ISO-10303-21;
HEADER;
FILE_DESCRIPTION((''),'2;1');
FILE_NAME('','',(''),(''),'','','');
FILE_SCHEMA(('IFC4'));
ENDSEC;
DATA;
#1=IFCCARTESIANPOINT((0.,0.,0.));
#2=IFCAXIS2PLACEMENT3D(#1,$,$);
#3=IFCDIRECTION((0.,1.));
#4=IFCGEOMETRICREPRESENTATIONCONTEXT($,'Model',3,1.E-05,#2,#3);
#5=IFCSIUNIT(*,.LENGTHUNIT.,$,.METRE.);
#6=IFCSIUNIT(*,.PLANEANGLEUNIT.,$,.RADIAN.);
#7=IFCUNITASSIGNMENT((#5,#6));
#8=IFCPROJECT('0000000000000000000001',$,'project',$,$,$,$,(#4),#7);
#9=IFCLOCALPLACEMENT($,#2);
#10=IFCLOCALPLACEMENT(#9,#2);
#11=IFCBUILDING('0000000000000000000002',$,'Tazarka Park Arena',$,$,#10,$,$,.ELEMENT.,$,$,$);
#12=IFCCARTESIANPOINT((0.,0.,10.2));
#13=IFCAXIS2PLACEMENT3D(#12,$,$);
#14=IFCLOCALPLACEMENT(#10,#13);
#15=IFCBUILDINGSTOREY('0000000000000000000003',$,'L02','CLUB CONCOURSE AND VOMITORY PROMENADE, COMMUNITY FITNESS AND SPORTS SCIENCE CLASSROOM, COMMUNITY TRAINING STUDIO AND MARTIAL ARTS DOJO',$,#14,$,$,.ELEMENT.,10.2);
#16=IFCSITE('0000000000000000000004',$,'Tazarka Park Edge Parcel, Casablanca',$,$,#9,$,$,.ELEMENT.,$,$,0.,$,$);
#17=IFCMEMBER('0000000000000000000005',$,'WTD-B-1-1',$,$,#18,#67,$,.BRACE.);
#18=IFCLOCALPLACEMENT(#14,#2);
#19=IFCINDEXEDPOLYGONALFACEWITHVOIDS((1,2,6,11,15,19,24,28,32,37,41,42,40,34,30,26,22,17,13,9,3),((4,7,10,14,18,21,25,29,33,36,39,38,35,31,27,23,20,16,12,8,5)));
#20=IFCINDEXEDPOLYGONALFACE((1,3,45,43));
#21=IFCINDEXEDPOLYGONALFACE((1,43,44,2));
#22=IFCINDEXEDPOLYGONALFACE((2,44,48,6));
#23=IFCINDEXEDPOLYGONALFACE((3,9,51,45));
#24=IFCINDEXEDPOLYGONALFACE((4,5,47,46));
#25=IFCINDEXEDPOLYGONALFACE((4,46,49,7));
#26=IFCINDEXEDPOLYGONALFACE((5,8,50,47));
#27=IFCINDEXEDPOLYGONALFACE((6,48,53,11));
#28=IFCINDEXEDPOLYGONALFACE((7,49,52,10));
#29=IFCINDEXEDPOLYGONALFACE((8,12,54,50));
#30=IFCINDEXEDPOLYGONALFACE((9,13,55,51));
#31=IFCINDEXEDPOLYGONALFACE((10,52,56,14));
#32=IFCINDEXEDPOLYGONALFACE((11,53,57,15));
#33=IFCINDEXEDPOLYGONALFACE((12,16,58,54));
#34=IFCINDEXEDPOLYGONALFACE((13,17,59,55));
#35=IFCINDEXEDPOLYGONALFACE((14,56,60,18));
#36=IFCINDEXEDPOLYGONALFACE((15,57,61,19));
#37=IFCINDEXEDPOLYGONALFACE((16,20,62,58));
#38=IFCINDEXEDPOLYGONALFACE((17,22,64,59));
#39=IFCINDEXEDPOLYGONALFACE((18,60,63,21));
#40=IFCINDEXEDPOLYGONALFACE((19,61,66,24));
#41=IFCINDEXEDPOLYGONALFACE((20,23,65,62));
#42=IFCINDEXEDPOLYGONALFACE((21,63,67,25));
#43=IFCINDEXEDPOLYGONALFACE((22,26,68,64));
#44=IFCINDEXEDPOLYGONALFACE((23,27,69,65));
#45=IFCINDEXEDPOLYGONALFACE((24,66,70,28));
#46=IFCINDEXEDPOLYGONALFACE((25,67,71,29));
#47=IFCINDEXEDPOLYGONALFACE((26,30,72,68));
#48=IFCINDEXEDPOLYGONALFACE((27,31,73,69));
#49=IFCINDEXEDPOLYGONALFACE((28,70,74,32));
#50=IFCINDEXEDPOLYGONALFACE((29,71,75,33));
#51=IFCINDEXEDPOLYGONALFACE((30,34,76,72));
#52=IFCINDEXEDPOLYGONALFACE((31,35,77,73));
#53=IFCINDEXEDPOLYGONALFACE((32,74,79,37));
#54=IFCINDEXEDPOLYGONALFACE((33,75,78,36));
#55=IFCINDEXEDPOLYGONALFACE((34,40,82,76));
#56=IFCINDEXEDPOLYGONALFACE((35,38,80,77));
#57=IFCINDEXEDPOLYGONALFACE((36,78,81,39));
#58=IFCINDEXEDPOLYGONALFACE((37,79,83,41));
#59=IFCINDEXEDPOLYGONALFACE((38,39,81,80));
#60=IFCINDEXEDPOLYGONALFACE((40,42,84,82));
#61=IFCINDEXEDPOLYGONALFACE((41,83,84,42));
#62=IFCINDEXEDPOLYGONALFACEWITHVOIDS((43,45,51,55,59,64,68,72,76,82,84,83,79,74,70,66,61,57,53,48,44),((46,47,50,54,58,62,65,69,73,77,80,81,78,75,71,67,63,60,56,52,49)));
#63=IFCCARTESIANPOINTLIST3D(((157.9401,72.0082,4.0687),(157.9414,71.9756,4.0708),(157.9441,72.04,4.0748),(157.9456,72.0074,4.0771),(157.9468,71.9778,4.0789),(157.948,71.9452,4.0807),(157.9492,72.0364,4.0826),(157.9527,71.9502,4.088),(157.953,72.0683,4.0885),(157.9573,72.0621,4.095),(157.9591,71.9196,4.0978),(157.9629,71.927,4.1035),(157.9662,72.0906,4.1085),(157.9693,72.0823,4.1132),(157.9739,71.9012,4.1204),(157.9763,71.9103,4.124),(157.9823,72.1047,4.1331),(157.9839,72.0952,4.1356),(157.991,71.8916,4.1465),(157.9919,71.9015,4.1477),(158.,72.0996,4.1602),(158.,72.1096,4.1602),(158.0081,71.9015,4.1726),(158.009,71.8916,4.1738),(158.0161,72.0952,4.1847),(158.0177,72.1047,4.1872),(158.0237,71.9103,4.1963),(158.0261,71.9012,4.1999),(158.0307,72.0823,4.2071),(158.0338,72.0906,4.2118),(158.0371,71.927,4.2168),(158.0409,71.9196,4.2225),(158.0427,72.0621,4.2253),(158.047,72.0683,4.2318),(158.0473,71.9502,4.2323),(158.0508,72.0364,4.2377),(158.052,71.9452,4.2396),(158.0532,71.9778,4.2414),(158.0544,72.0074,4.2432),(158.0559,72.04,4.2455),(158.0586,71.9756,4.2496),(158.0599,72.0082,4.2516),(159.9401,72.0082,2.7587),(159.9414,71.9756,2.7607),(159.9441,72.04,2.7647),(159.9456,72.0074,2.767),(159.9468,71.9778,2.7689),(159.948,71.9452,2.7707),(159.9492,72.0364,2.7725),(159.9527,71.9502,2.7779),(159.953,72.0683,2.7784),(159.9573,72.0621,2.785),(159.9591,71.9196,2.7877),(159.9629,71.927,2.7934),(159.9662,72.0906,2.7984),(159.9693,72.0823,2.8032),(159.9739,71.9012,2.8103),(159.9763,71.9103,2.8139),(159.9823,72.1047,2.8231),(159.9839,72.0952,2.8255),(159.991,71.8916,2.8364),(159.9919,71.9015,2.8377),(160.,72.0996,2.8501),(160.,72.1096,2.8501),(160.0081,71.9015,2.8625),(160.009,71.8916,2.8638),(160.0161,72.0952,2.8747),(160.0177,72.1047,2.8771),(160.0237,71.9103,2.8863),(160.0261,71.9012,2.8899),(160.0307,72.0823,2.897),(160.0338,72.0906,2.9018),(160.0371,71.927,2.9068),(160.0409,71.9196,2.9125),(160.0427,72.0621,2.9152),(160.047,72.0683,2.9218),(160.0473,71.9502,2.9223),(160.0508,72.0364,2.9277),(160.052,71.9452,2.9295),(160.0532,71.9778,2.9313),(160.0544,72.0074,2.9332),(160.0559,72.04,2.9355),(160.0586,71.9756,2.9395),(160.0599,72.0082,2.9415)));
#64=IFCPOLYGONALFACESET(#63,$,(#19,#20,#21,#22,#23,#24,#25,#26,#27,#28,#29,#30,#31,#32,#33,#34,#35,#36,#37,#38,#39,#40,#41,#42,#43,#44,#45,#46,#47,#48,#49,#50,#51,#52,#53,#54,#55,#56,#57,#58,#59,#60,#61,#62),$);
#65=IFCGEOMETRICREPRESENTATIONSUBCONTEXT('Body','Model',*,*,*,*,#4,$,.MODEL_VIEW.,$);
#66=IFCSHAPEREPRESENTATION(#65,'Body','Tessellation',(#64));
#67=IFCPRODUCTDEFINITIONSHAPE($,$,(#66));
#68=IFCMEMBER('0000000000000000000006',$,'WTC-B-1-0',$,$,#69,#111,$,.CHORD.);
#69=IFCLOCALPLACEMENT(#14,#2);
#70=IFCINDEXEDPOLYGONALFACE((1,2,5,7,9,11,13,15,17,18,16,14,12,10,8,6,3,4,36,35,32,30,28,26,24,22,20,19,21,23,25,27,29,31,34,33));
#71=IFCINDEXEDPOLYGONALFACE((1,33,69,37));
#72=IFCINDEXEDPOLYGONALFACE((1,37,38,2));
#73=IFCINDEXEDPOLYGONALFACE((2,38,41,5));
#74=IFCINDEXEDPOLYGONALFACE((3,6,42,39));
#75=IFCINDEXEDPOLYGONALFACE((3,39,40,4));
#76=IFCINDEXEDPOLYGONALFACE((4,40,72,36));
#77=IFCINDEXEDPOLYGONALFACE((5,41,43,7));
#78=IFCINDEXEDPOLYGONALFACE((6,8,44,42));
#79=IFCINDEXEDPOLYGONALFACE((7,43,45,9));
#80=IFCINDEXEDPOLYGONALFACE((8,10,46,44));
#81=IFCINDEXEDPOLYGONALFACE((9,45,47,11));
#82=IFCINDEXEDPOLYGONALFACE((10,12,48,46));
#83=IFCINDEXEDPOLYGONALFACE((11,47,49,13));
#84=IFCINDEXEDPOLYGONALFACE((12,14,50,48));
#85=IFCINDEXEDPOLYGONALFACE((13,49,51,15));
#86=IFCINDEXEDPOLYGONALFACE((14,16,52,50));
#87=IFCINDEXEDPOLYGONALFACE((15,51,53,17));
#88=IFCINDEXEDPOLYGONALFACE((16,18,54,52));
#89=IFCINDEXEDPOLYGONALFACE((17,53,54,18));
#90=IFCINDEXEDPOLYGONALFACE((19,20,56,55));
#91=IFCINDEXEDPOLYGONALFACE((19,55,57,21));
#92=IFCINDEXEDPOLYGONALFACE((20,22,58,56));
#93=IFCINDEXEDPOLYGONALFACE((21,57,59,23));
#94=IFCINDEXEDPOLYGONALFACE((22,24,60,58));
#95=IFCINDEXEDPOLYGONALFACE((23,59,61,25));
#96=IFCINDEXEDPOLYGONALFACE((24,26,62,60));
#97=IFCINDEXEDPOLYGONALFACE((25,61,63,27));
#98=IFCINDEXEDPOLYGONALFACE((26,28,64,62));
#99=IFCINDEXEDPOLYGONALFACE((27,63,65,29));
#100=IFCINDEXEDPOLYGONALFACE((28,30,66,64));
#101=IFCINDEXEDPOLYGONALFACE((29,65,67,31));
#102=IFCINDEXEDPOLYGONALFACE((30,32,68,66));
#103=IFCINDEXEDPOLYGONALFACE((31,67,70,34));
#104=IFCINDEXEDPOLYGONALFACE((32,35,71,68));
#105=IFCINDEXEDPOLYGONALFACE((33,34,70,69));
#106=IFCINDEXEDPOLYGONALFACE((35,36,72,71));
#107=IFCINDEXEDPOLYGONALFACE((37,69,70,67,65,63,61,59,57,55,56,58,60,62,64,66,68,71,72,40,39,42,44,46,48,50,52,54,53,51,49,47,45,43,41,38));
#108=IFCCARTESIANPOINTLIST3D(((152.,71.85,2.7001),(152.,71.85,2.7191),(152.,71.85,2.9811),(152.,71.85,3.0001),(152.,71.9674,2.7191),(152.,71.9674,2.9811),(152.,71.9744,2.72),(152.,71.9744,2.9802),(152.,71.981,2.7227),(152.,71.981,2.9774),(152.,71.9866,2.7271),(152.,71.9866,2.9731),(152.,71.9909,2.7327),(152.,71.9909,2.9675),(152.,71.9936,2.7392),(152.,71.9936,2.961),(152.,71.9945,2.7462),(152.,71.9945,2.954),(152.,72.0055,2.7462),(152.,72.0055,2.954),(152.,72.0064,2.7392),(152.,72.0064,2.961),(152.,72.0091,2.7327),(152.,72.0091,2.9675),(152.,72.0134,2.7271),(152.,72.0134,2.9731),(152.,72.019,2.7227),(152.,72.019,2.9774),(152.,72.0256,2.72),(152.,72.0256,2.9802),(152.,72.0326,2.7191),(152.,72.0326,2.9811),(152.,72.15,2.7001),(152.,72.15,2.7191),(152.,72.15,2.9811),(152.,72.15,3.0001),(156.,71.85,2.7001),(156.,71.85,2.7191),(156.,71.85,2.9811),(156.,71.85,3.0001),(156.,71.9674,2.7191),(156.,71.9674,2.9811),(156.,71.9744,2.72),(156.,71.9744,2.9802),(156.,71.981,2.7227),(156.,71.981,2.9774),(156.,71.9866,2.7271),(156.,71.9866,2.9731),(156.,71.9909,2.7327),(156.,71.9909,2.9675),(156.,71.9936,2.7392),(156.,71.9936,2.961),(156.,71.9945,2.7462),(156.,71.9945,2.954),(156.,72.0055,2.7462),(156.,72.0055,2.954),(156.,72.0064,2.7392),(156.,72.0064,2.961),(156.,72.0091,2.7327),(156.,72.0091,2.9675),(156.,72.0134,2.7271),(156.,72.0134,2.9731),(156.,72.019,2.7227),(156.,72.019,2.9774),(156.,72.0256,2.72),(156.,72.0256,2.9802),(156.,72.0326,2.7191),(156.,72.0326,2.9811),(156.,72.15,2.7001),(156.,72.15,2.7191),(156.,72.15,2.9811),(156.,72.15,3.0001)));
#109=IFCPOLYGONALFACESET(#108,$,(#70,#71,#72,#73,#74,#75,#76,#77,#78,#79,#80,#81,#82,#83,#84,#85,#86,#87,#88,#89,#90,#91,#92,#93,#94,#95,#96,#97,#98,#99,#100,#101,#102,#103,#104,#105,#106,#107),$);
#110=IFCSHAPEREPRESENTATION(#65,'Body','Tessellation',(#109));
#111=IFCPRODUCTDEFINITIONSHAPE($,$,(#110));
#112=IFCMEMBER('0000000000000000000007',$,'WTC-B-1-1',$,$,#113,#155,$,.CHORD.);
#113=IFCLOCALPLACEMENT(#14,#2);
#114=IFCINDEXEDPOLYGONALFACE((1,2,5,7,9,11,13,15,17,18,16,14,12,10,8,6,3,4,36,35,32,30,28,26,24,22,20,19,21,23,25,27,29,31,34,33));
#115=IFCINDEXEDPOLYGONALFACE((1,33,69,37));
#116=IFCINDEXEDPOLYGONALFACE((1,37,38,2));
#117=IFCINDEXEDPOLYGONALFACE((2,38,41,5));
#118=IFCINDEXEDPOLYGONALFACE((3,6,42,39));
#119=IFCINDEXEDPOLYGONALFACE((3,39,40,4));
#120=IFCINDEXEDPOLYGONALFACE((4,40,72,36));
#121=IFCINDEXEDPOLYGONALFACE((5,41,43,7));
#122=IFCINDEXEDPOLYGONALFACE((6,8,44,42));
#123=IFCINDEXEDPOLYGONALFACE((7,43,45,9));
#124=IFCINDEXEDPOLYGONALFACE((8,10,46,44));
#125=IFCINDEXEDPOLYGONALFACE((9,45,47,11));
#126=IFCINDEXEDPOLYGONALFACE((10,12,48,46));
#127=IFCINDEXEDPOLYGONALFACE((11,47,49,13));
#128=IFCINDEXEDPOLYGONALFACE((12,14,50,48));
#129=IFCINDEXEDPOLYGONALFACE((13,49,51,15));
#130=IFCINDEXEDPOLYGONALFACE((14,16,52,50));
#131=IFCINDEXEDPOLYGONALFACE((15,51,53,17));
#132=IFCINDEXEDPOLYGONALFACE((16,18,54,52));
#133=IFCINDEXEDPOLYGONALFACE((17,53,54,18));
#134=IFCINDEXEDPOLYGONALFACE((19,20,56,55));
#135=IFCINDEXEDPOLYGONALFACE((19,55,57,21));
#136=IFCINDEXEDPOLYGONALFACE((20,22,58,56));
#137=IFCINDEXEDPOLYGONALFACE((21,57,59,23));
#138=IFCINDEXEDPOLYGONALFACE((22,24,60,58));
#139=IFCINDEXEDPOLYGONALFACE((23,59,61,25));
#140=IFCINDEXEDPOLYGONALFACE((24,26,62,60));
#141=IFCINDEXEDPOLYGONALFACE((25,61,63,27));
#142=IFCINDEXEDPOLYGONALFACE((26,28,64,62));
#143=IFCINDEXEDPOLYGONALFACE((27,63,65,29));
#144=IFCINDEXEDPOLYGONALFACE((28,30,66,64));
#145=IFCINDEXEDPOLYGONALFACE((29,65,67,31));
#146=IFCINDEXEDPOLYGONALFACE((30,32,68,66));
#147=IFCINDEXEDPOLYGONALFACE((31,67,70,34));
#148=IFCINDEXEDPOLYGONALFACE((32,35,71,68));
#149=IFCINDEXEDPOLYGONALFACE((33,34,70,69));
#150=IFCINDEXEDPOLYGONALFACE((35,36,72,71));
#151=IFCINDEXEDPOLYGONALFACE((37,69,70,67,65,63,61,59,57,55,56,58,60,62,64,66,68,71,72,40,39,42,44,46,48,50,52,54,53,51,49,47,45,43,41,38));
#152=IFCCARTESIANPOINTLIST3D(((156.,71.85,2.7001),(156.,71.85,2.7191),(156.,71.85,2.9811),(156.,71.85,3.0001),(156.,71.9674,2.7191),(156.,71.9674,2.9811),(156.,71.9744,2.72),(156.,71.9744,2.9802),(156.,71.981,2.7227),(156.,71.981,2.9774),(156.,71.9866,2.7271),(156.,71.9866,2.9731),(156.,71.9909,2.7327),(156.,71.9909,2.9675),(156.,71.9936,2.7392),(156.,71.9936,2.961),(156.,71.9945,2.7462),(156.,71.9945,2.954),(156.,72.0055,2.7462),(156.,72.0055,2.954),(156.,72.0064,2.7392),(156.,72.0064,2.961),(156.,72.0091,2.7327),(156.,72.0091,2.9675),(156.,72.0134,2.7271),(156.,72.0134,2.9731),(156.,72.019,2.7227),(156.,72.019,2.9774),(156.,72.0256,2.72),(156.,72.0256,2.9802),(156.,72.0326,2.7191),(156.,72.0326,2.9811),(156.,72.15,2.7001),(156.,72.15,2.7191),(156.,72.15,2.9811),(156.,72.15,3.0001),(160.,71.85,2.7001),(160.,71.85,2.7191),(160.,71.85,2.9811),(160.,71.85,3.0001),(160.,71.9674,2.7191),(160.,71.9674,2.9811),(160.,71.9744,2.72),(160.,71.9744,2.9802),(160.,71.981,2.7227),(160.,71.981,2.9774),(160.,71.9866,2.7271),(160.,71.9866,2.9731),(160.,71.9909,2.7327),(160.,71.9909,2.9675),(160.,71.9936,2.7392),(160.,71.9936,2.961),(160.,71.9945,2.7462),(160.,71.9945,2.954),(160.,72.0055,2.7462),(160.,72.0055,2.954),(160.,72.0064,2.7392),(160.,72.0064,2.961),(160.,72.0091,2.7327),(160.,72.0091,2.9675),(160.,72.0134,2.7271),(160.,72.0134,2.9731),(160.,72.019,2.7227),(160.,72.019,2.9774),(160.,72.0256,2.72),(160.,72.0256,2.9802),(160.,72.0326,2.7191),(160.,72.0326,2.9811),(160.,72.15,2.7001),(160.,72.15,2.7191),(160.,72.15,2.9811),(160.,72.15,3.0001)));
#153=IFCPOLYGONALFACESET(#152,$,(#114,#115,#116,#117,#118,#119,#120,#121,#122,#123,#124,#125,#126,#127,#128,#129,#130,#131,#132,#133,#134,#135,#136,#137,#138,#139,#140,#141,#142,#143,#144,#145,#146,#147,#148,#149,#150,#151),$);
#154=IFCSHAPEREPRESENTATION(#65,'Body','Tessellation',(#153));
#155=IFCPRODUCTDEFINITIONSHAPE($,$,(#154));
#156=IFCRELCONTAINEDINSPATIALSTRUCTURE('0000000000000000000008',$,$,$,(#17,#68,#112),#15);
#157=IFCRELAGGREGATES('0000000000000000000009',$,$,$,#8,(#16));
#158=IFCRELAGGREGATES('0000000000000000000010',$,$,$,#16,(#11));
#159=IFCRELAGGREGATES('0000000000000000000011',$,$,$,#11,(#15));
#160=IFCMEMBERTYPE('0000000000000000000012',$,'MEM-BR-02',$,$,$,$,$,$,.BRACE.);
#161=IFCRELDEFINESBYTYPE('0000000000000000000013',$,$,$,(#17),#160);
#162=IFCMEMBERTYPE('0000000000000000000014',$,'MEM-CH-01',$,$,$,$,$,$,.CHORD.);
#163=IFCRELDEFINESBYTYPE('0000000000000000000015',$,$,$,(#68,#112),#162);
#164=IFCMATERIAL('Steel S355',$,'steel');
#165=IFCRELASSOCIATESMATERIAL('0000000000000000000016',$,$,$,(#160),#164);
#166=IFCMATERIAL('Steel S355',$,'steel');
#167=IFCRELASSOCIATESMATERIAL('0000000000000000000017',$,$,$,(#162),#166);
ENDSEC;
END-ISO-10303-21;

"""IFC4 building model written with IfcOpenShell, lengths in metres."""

from ifc_helpers import new_model, si_unit, direction, frame, origin, origin_2d, place, context, subcontext, project, spatial, hollow_circle, i_section, extrude, material, material_profile, profile_set, type_object, element, save


model = new_model("IFC4")

# Units and contexts
model_context = context("Model", 3, precision=1e-05, world=origin(), true_north=direction((0.0, 1.0)))
body_context = subcontext(model_context, "Body", "Model", "MODEL_VIEW")
ifc_project = project(units=[si_unit("LENGTHUNIT", "METRE"), si_unit("PLANEANGLEUNIT", "RADIAN")], contexts=[model_context])

# Site, building, storey
site_placement = place(None, origin())
site = spatial("IfcSite", under=ifc_project, at=site_placement, Name="Tazarka Park Edge Parcel, Casablanca", CompositionType="ELEMENT", RefElevation=0.0)
building_placement = place(site_placement, origin())
building = spatial("IfcBuilding", under=site, at=building_placement, Name="Tazarka Park Arena", CompositionType="ELEMENT")
storey_placement = place(building_placement, frame((0.0, 0.0, 10.2)))
storey = spatial("IfcBuildingStorey", under=building, at=storey_placement, Name="L02", Description="CLUB CONCOURSE AND VOMITORY PROMENADE, COMMUNITY FITNESS AND SPORTS SCIENCE CLASSROOM, COMMUNITY TRAINING STUDIO AND MARTIAL ARTS DOJO", CompositionType="ELEMENT", Elevation=10.2)

# Members
ifc_material_1 = material(Name="Steel S355", Category="steel")
ifc_material_profile_1 = material_profile(ifc_material_1, hollow_circle(Radius=0.1096, WallThickness=0.01, at=origin_2d()), Name="Steel S355")
ifc_profile_set_1 = profile_set([ifc_material_profile_1], Name="Steel S355")
member_type_1 = type_object("IfcMemberType", Name="MEM-BR-02", PredefinedType="BRACE", material=ifc_profile_set_1)
for number, where, z_axis, x_axis, name in (
    (1, (158.0, 72.0, 4.1602), (0.836516, 0.0, -0.547942), (0.0, 1.0, 0.0), "WTD-B-1-1"),
):
    element("IfcMember", number, at=place(storey_placement, frame(where, z_axis=z_axis, x_axis=x_axis)), inside=storey, type_object=member_type_1, Name=name, PredefinedType="BRACE", context=body_context, shape_type="SweptSolid", body=[
        extrude(hollow_circle(Radius=0.1096, WallThickness=0.01, at=origin_2d()), origin(), (0.0, 0.0, 1.0), 2.3909),
    ])
ifc_material_2 = material(Name="Steel S355", Category="steel")
ifc_material_profile_2 = material_profile(ifc_material_2, i_section(OverallWidth=0.3, OverallDepth=0.3, WebThickness=0.011, FlangeThickness=0.019, FilletRadius=0.0271, at=origin_2d()), Name="Steel S355")
ifc_profile_set_2 = profile_set([ifc_material_profile_2], Name="Steel S355")
member_type_2 = type_object("IfcMemberType", Name="MEM-CH-01", PredefinedType="CHORD", material=ifc_profile_set_2)
for number, where, z_axis, x_axis, name in (
    (2, (152.0, 72.0, 2.8501), (1.0, 0.0, 0.0), (0.0, 1.0, 0.0), "WTC-B-1-0"),
    (3, (156.0, 72.0, 2.8501), (1.0, 0.0, 0.0), (0.0, 1.0, 0.0), "WTC-B-1-1"),
):
    element("IfcMember", number, at=place(storey_placement, frame(where, z_axis=z_axis, x_axis=x_axis)), inside=storey, type_object=member_type_2, Name=name, PredefinedType="CHORD", context=body_context, shape_type="SweptSolid", body=[
        extrude(i_section(OverallWidth=0.3, OverallDepth=0.3, WebThickness=0.011, FlangeThickness=0.019, FilletRadius=0.0271, at=origin_2d()), origin(), (0.0, 0.0, 1.0), 4.0),
    ])

save(model, "model.ifc")
